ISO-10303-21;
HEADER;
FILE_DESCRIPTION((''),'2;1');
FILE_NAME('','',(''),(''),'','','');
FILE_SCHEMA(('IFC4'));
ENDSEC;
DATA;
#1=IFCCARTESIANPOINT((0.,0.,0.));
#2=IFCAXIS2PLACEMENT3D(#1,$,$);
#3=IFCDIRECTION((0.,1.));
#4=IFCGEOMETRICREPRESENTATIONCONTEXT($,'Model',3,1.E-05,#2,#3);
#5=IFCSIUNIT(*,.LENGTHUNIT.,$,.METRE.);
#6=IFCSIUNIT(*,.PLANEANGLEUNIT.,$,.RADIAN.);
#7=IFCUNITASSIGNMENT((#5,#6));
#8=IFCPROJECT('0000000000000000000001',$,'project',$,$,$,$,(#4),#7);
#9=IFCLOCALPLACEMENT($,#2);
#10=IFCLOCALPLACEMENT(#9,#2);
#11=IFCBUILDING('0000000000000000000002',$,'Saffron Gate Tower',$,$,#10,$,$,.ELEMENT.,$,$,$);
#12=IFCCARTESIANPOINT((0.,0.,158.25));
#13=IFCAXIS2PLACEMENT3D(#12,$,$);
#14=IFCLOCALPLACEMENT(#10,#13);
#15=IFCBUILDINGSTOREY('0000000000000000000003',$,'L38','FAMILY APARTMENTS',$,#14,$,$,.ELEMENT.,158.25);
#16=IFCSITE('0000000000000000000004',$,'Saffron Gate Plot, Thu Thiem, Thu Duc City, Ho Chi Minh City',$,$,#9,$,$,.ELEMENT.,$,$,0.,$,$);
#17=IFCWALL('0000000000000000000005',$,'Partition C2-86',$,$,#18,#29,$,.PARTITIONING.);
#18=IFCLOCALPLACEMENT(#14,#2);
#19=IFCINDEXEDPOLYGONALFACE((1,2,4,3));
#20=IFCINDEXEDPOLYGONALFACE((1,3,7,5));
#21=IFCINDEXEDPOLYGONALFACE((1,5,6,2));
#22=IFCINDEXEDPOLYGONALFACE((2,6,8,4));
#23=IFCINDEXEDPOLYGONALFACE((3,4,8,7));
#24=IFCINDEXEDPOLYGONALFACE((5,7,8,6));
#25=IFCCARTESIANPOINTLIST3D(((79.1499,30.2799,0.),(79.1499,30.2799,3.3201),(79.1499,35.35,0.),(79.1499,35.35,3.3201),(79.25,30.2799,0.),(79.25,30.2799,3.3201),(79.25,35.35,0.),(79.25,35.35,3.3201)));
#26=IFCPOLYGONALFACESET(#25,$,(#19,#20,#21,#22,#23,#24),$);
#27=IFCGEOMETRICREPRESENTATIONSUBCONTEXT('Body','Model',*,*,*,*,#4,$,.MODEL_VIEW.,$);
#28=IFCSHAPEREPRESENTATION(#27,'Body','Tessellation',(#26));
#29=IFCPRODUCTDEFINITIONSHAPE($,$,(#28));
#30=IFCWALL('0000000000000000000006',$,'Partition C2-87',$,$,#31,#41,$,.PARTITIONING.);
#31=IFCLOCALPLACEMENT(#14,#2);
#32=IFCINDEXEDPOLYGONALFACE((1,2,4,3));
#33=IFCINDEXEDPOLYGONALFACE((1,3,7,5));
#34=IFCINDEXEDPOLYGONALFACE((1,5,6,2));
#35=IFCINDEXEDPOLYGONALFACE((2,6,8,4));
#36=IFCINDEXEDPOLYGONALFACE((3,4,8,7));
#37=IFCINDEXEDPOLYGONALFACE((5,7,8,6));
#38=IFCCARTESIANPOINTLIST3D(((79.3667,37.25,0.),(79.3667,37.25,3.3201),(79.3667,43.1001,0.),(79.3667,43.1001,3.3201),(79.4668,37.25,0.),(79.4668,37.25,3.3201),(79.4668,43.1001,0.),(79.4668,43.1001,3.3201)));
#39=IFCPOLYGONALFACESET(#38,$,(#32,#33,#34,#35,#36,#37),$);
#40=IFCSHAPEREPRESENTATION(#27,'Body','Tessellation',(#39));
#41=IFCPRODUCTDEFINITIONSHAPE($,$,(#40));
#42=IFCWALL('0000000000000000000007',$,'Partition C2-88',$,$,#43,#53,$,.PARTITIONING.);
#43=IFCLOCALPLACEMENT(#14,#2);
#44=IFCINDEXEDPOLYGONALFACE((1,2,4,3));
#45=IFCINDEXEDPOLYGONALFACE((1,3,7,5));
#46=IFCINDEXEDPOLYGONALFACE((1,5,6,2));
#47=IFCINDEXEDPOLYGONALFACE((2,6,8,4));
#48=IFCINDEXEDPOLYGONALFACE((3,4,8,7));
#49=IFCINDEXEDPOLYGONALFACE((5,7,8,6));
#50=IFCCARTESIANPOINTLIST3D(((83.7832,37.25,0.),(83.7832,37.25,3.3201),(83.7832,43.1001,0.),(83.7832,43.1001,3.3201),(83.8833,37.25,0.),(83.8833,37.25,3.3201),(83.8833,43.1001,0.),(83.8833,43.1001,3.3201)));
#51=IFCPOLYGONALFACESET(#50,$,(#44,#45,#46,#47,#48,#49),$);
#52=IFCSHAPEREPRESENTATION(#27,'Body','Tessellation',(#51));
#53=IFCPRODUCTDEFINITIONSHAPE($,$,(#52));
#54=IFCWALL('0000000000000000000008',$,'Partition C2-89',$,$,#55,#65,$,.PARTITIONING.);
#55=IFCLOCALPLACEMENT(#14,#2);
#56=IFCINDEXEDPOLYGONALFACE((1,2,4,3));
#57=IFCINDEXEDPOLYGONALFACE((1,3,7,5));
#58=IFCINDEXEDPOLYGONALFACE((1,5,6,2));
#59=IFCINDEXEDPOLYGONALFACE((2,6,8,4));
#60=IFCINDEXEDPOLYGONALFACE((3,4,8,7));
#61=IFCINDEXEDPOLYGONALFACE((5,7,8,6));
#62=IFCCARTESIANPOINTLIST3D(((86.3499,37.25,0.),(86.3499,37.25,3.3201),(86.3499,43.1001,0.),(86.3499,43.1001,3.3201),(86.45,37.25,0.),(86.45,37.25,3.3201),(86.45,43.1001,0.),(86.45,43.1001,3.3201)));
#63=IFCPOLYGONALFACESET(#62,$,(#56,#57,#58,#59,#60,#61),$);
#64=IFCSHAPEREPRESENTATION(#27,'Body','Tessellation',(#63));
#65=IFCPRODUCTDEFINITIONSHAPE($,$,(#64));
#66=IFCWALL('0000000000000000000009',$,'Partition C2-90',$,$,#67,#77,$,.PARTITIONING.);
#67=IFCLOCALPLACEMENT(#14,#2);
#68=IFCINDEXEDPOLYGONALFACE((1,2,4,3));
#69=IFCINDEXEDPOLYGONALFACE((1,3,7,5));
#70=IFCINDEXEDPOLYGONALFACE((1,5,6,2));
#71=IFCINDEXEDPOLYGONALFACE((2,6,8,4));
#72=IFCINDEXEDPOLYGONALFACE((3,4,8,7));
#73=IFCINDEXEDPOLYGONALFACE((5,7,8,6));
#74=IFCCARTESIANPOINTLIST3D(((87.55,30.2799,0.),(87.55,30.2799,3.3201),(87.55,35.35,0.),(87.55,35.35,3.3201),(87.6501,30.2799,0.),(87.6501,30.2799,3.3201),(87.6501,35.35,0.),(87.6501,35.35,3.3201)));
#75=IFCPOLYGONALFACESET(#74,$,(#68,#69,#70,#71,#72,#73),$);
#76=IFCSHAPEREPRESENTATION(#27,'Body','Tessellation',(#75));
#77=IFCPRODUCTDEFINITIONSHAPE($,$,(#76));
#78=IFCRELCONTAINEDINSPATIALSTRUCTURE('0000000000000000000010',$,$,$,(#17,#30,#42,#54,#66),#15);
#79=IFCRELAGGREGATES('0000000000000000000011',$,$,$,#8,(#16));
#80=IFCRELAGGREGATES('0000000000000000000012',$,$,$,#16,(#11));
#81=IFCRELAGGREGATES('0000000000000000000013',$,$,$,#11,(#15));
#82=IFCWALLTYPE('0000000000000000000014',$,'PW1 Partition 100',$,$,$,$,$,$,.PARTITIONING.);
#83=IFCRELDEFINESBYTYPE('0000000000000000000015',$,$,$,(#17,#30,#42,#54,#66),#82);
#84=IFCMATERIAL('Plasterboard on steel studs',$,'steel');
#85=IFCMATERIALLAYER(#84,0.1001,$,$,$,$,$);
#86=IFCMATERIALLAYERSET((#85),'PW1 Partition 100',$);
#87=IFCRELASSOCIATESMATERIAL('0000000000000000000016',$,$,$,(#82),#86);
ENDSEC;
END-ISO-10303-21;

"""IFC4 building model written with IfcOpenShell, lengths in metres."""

from ifc_helpers import new_model, si_unit, direction, frame, frame_2d, origin, place, context, subcontext, project, spatial, rectangle, extrude, material, layer, layer_set, type_object, element, save


model = new_model("IFC4")

# Units and contexts
model_context = context("Model", 3, precision=1e-05, world=origin(), true_north=direction((0.0, 1.0)))
body_context = subcontext(model_context, "Body", "Model", "MODEL_VIEW")
ifc_project = project(units=[si_unit("LENGTHUNIT", "METRE"), si_unit("PLANEANGLEUNIT", "RADIAN")], contexts=[model_context])

# Site, building, storey
site_placement = place(None, origin())
site = spatial("IfcSite", under=ifc_project, at=site_placement, Name="Saffron Gate Plot, Thu Thiem, Thu Duc City, Ho Chi Minh City", CompositionType="ELEMENT", RefElevation=0.0)
building_placement = place(site_placement, origin())
building = spatial("IfcBuilding", under=site, at=building_placement, Name="Saffron Gate Tower", CompositionType="ELEMENT")
storey_placement = place(building_placement, frame((0.0, 0.0, 158.25)))
storey = spatial("IfcBuildingStorey", under=building, at=storey_placement, Name="L38", Description="FAMILY APARTMENTS", CompositionType="ELEMENT", Elevation=158.25)

# Walls
ifc_material_1 = material(Name="Plasterboard on steel studs", Category="steel")
ifc_layer = layer(ifc_material_1, 0.1001)
ifc_layer_set = layer_set([ifc_layer], Name="PW1 Partition 100")
wall_type = type_object("IfcWallType", Name="PW1 Partition 100", PredefinedType="PARTITIONING", material=ifc_layer_set)
wall_1_placement = place(storey_placement, frame((79.2, 35.3501, 0.0), z_axis=(0.0, 0.0, 1.0), x_axis=(0.0, -1.0, 0.0)))
element("IfcWall", 1, at=wall_1_placement, inside=storey, type_object=wall_type, Name="Partition C2-86", PredefinedType="PARTITIONING", context=body_context, shape_type="SweptSolid", body=[
    extrude(rectangle(XDim=5.0701, YDim=0.1001, at=frame_2d((2.5352, 0.0))), origin(), (0.0, 0.0, 1.0), 3.3201),
])
for number, where, z_axis, x_axis, name in (
    (2, (79.4167, 43.1001, 0.0), (0.0, 0.0, 1.0), (0.0, -1.0, 0.0), "Partition C2-87"),
    (3, (83.8333, 43.1001, 0.0), (0.0, 0.0, 1.0), (0.0, -1.0, 0.0), "Partition C2-88"),
    (4, (86.3999, 43.1001, 0.0), (0.0, 0.0, 1.0), (0.0, -1.0, 0.0), "Partition C2-89"),
):
    element("IfcWall", number, at=place(storey_placement, frame(where, z_axis=z_axis, x_axis=x_axis)), inside=storey, type_object=wall_type, Name=name, PredefinedType="PARTITIONING", context=body_context, shape_type="SweptSolid", body=[
        extrude(rectangle(XDim=5.8501, YDim=0.1001, at=frame_2d((2.925, 0.0))), origin(), (0.0, 0.0, 1.0), 3.3201),
    ])
wall_2_placement = place(storey_placement, frame((87.6001, 35.3501, 0.0), z_axis=(0.0, 0.0, 1.0), x_axis=(0.0, -1.0, 0.0)))
element("IfcWall", 5, at=wall_2_placement, inside=storey, type_object=wall_type, Name="Partition C2-90", PredefinedType="PARTITIONING", context=body_context, shape_type="SweptSolid", body=[
    extrude(rectangle(XDim=5.0701, YDim=0.1001, at=frame_2d((2.5352, 0.0))), origin(), (0.0, 0.0, 1.0), 3.3201),
])

save(model, "model.ifc")
